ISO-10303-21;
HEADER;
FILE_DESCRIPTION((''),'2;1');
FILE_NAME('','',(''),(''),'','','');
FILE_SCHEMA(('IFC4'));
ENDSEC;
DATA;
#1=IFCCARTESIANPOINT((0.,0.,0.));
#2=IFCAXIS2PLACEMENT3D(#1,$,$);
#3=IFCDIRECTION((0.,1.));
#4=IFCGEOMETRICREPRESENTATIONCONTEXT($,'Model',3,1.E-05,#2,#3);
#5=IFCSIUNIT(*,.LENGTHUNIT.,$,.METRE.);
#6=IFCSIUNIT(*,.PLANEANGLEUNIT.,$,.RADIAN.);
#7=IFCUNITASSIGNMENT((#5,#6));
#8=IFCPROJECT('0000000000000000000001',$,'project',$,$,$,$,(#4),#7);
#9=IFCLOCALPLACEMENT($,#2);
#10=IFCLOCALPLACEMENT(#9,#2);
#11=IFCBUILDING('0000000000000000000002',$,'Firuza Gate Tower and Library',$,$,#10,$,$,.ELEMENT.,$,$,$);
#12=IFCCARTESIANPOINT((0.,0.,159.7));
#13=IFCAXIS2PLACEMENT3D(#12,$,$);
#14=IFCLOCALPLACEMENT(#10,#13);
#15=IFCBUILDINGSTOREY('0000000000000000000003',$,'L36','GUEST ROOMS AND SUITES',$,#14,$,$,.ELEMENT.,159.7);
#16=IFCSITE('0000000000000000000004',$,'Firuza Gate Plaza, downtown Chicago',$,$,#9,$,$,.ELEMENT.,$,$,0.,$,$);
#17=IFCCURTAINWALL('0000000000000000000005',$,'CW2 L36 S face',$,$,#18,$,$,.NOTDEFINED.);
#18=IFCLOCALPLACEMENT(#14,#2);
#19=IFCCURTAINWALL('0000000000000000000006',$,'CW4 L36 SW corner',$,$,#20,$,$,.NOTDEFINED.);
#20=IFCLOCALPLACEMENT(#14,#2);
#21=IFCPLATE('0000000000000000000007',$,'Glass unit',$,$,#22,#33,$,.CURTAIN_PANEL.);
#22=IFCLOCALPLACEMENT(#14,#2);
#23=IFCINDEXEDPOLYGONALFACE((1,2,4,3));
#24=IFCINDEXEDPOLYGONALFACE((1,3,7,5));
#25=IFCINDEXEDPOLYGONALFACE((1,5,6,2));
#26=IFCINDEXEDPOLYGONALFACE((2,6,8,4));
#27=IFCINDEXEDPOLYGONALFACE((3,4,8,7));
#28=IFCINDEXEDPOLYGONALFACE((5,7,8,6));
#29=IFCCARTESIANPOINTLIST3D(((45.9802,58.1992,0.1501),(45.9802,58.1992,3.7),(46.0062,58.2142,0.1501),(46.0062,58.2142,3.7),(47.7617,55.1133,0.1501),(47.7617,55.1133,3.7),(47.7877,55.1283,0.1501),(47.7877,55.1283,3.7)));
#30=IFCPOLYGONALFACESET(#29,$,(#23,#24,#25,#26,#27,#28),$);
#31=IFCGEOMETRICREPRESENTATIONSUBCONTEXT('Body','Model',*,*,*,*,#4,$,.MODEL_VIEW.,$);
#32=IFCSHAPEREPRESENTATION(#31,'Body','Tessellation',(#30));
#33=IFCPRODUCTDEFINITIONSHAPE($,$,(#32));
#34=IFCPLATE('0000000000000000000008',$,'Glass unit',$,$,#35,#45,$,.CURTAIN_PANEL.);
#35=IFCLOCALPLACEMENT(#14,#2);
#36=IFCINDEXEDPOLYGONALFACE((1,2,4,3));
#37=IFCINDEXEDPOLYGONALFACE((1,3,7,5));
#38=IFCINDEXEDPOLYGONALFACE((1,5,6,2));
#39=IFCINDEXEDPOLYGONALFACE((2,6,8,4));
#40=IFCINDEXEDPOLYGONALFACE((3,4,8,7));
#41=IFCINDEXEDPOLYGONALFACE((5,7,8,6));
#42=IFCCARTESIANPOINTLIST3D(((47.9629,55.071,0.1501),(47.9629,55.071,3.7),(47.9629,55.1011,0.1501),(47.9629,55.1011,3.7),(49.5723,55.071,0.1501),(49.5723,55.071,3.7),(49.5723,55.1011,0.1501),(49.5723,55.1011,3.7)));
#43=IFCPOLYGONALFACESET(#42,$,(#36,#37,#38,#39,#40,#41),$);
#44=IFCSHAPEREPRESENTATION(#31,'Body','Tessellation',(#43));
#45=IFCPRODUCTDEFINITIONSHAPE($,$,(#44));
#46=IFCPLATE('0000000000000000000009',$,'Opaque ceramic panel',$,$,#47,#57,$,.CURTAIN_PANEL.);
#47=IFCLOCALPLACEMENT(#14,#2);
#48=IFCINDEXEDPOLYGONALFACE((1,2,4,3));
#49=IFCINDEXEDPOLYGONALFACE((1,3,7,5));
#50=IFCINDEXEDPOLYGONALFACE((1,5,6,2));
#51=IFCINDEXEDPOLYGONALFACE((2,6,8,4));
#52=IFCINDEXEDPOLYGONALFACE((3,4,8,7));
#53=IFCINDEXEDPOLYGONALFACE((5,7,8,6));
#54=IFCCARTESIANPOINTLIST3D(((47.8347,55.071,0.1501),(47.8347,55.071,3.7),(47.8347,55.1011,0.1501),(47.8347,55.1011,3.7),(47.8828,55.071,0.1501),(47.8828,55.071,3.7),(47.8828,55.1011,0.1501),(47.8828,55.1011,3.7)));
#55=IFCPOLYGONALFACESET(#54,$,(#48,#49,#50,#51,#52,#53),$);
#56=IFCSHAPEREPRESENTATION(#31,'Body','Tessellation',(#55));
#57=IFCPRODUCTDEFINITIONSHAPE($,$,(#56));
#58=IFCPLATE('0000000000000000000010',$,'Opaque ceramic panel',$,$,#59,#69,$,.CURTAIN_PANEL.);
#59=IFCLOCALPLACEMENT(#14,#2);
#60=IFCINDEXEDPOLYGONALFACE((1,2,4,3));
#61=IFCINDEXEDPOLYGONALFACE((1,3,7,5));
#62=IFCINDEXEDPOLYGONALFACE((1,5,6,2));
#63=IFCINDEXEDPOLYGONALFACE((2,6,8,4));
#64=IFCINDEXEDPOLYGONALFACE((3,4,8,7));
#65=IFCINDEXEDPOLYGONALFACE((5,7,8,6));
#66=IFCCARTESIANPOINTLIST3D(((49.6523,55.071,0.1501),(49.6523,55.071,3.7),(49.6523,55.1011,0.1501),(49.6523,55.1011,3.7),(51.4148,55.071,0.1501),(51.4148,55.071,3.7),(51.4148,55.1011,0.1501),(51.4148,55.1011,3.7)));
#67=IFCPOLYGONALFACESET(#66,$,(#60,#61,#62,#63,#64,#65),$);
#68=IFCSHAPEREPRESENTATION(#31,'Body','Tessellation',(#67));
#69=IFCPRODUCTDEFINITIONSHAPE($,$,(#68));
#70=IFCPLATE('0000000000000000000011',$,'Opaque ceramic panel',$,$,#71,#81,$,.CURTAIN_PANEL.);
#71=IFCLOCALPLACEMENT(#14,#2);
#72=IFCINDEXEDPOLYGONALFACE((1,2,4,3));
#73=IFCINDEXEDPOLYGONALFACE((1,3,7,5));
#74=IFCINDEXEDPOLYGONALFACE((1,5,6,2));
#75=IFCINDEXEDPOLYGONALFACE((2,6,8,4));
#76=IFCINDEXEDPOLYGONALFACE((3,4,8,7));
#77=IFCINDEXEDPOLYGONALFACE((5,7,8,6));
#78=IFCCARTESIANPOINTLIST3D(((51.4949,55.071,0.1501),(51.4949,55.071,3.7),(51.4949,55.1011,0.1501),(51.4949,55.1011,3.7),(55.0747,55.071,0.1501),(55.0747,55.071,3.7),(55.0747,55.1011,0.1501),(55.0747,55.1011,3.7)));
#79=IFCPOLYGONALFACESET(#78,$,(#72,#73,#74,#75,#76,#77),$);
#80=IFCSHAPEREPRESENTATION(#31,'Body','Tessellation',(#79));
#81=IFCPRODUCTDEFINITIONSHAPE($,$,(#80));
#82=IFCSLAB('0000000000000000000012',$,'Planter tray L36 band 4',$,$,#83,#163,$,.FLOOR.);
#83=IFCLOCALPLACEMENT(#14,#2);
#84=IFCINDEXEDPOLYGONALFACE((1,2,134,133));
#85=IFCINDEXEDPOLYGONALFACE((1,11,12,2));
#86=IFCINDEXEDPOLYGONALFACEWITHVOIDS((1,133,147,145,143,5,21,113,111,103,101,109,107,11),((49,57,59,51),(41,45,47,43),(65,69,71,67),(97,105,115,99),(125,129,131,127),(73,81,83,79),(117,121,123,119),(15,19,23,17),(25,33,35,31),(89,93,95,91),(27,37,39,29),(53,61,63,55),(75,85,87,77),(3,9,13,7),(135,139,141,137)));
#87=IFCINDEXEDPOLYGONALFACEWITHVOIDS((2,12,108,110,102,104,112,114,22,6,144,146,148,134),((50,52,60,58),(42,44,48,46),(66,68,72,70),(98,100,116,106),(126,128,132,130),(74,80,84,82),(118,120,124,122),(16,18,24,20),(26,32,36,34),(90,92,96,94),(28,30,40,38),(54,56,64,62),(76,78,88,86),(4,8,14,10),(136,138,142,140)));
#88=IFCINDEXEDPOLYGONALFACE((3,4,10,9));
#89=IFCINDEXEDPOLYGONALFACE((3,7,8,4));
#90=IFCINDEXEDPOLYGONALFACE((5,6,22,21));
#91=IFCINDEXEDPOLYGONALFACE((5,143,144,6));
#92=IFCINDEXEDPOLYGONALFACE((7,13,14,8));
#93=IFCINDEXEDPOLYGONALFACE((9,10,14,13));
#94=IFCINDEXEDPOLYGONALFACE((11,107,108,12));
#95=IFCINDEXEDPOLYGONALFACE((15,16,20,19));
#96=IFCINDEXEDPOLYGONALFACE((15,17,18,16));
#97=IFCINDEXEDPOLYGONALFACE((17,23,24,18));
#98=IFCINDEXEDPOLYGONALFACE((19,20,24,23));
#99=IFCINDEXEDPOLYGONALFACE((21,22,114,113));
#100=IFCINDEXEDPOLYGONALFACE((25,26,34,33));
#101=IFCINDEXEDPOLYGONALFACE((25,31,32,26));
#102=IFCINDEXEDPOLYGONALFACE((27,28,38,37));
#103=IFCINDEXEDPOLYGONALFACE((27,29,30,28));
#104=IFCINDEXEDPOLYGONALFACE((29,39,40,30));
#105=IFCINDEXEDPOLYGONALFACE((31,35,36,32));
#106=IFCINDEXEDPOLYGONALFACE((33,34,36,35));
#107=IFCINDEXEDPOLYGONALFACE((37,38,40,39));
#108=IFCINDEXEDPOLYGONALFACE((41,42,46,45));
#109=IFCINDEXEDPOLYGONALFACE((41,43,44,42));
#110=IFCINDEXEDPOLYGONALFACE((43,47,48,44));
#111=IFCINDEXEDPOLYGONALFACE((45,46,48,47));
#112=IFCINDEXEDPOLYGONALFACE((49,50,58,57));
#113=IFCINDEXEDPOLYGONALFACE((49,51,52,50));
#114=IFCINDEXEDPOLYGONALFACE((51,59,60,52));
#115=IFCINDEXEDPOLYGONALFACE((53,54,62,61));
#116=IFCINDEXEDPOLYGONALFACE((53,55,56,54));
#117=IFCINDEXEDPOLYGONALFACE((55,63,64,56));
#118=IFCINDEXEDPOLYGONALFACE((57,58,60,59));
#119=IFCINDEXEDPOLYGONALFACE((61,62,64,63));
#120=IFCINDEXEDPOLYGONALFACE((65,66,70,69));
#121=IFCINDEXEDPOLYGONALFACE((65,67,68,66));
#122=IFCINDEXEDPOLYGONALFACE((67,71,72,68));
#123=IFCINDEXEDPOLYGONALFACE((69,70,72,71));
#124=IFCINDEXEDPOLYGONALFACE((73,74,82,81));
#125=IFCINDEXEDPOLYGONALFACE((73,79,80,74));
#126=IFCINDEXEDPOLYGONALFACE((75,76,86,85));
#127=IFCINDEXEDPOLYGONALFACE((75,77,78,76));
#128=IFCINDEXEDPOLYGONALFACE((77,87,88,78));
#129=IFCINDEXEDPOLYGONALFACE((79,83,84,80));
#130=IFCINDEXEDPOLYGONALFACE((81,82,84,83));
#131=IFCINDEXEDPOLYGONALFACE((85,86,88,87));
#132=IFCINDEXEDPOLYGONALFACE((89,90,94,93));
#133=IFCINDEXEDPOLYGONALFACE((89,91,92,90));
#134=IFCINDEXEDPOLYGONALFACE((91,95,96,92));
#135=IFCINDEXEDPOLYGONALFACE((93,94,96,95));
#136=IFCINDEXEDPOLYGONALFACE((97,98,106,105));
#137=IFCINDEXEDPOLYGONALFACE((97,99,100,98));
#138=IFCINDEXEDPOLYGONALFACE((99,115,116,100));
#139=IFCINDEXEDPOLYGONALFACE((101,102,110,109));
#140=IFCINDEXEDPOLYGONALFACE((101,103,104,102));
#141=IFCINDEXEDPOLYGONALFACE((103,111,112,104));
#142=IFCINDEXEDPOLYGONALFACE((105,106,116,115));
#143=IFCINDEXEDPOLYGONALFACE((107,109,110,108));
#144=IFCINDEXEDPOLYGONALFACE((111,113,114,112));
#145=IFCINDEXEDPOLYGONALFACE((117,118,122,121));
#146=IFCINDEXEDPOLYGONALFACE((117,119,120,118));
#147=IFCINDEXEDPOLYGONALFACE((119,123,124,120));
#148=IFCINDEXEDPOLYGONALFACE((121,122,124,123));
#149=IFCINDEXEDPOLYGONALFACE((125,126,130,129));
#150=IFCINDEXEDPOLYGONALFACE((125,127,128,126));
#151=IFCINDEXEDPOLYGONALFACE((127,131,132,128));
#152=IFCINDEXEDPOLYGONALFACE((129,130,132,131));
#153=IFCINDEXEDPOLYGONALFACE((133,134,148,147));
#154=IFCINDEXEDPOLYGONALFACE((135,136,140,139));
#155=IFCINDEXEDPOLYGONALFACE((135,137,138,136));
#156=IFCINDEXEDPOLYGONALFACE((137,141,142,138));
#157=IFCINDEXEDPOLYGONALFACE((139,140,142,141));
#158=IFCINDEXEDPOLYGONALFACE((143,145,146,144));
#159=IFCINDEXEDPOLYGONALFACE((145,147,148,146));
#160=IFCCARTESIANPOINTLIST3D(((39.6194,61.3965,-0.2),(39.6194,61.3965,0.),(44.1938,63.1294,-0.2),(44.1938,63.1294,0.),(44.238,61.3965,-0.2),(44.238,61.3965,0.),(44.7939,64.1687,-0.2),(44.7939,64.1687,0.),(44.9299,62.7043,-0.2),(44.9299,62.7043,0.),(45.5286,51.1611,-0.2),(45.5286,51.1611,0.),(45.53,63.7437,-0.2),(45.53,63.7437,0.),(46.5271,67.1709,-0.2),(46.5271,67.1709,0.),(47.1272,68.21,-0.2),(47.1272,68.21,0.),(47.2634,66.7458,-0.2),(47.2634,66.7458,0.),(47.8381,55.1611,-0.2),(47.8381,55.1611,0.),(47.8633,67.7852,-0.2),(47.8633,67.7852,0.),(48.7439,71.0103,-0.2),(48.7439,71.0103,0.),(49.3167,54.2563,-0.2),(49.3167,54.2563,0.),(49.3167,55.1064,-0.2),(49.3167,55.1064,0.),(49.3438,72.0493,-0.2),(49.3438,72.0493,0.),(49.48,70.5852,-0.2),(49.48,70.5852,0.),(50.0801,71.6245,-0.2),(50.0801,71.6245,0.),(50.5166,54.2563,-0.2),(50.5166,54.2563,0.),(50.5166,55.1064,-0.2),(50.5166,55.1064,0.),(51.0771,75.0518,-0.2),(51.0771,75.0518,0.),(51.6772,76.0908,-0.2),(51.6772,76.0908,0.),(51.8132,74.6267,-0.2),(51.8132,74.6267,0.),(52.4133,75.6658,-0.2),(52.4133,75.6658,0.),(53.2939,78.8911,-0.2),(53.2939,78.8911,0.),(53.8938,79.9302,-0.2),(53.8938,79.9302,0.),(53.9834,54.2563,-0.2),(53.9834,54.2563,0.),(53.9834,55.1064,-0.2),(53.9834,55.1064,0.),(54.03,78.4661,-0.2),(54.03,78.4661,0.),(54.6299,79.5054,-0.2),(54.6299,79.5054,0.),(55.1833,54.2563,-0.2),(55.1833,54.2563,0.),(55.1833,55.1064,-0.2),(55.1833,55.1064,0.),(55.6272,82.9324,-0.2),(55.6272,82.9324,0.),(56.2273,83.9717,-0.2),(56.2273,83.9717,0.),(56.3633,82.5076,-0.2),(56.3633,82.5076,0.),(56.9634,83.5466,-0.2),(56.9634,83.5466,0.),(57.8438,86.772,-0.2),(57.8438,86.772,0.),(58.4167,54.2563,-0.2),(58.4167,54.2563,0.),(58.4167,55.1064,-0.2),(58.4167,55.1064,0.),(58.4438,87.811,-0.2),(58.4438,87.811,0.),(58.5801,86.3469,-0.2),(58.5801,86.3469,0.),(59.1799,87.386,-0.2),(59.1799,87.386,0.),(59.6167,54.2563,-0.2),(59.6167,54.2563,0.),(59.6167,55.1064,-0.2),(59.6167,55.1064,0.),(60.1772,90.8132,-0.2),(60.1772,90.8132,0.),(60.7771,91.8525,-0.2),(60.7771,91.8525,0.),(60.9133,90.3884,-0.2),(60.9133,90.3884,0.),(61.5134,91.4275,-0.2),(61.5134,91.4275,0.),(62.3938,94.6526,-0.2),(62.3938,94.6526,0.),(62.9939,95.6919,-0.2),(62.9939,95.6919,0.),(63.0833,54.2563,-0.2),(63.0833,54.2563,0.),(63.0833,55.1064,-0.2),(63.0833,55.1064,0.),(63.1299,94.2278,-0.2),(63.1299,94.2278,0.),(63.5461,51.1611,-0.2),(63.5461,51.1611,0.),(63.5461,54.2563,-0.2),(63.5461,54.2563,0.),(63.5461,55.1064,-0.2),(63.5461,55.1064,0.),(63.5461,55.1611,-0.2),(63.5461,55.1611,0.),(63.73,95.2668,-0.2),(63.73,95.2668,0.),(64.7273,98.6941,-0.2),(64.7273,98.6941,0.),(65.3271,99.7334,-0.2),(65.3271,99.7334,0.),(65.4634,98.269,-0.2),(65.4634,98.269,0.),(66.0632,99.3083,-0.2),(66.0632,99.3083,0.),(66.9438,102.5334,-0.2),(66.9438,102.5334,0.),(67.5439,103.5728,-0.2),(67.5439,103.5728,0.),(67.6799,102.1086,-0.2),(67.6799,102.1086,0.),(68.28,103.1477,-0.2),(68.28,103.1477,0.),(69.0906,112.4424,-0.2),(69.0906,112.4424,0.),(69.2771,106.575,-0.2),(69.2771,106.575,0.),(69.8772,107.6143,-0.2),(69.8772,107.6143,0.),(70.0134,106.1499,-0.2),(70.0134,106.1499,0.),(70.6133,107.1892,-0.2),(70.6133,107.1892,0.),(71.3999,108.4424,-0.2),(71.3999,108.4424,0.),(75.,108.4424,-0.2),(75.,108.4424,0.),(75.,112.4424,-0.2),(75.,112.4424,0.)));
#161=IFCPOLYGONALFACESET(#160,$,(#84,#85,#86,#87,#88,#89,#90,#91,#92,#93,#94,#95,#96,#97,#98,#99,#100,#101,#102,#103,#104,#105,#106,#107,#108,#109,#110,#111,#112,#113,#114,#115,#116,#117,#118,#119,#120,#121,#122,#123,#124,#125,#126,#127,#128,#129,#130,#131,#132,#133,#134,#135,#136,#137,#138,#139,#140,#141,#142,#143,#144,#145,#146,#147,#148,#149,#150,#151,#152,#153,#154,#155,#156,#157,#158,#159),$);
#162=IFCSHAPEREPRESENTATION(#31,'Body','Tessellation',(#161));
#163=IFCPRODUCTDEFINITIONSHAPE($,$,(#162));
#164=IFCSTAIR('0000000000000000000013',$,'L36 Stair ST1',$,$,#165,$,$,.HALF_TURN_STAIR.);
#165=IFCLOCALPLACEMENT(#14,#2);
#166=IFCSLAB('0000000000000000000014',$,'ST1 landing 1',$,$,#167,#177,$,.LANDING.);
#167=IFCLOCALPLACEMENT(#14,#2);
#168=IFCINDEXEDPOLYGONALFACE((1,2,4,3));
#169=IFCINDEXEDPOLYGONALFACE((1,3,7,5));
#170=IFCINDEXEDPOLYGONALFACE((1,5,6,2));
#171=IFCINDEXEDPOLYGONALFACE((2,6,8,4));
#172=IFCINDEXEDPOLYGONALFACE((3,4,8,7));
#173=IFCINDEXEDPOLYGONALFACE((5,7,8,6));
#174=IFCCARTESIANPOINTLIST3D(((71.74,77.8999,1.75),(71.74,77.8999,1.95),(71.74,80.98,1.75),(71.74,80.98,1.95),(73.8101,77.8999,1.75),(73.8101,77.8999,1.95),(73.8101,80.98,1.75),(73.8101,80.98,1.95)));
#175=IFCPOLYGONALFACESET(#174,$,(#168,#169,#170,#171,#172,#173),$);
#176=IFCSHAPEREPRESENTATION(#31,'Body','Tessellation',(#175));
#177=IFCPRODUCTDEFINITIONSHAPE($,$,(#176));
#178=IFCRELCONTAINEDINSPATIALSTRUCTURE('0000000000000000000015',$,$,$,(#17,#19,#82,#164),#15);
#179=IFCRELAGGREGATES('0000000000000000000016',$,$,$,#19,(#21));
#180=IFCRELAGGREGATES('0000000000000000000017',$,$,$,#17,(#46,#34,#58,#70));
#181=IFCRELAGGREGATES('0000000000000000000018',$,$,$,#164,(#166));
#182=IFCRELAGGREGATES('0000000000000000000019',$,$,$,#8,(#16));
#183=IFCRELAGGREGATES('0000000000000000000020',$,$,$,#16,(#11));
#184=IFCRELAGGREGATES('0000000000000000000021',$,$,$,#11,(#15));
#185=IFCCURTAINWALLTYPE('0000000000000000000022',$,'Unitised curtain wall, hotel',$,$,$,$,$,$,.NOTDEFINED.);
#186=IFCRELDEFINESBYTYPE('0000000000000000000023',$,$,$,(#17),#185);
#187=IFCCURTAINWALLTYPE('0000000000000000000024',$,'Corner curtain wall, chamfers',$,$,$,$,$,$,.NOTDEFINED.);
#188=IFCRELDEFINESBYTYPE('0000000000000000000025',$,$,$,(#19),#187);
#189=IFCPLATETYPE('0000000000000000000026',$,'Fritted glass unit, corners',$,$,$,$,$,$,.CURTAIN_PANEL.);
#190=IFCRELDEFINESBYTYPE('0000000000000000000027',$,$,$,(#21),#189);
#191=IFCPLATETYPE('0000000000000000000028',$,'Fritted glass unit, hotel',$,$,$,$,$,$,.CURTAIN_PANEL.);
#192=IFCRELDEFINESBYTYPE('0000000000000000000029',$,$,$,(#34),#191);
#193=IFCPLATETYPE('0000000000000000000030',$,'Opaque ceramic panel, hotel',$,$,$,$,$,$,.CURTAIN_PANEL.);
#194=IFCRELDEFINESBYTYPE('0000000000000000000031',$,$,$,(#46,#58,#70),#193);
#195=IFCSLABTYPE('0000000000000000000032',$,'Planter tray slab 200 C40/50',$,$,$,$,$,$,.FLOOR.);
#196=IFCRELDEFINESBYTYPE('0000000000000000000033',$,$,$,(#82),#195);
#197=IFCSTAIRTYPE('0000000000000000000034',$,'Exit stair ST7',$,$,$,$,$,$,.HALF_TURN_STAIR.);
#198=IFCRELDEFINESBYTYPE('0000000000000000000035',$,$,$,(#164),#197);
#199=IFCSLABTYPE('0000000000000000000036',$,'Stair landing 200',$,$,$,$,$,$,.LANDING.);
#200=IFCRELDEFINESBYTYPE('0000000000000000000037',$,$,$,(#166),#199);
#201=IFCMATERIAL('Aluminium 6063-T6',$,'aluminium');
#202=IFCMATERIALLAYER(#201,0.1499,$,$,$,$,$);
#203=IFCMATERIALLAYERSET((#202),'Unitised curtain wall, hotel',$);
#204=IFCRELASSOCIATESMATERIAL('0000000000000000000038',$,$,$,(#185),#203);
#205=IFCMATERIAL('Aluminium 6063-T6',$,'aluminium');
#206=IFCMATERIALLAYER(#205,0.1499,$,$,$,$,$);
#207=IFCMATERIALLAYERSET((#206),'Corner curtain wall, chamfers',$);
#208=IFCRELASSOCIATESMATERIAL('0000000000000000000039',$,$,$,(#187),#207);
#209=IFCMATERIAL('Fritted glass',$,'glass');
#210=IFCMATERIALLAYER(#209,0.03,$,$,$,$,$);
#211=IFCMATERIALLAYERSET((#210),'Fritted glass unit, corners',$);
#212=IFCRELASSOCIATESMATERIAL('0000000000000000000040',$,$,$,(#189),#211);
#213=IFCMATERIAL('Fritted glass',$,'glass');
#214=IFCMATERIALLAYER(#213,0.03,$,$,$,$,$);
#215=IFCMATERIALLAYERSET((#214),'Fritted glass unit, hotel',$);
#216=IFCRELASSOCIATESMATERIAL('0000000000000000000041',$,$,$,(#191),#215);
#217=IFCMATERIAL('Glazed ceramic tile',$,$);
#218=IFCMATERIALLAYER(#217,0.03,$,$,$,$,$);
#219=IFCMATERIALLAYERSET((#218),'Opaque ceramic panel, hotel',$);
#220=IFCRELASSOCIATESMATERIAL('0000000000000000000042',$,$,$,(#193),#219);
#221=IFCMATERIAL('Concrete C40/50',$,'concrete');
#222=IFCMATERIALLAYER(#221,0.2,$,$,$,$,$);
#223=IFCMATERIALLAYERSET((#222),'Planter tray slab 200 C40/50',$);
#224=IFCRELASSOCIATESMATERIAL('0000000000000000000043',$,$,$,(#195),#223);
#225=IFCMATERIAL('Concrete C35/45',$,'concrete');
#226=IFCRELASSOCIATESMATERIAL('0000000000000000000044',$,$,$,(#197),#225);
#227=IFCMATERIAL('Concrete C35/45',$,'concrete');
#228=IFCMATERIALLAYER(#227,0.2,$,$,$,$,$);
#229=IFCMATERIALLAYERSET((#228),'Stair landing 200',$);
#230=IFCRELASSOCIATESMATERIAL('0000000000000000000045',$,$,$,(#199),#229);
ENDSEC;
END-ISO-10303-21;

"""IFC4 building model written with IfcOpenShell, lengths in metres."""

from ifc_helpers import new_model, si_unit, direction, frame, origin, place, context, subcontext, project, spatial, polyline, outline, extrude, material, layer, layer_set, type_object, element, aggregate, save


model = new_model("IFC4")

# Units and contexts
model_context = context("Model", 3, precision=1e-05, world=origin(), true_north=direction((0.0, 1.0)))
body_context = subcontext(model_context, "Body", "Model", "MODEL_VIEW")
ifc_project = project(units=[si_unit("LENGTHUNIT", "METRE"), si_unit("PLANEANGLEUNIT", "RADIAN")], contexts=[model_context])

# Site, building, storey
site_placement = place(None, origin())
site = spatial("IfcSite", under=ifc_project, at=site_placement, Name="Firuza Gate Plaza, downtown Chicago", CompositionType="ELEMENT", RefElevation=0.0)
building_placement = place(site_placement, origin())
building = spatial("IfcBuilding", under=site, at=building_placement, Name="Firuza Gate Tower and Library", CompositionType="ELEMENT")
storey_placement = place(building_placement, frame((0.0, 0.0, 159.7)))
storey = spatial("IfcBuildingStorey", under=building, at=storey_placement, Name="L36", Description="GUEST ROOMS AND SUITES", CompositionType="ELEMENT", Elevation=159.7)

# Curtain walls
ifc_material_1 = material(Name="Aluminium 6063-T6", Category="aluminium")
ifc_layer_1 = layer(ifc_material_1, 0.1499)
ifc_layer_set_1 = layer_set([ifc_layer_1], Name="Unitised curtain wall, hotel")
curtain_wall_type_1 = type_object("IfcCurtainWallType", Name="Unitised curtain wall, hotel", PredefinedType="NOTDEFINED", material=ifc_layer_set_1)
placement_1 = place(storey_placement, origin())
curtain_wall_1 = element("IfcCurtainWall", 1, at=placement_1, inside=storey, type_object=curtain_wall_type_1, Name="CW2 L36 S face", PredefinedType="NOTDEFINED")
ifc_material_2 = material(Name="Aluminium 6063-T6", Category="aluminium")
ifc_layer_2 = layer(ifc_material_2, 0.1499)
ifc_layer_set_2 = layer_set([ifc_layer_2], Name="Corner curtain wall, chamfers")
curtain_wall_type_2 = type_object("IfcCurtainWallType", Name="Corner curtain wall, chamfers", PredefinedType="NOTDEFINED", material=ifc_layer_set_2)
curtain_wall_2 = element("IfcCurtainWall", 2, at=placement_1, inside=storey, type_object=curtain_wall_type_2, Name="CW4 L36 SW corner", PredefinedType="NOTDEFINED")

# Shared definitions
placement_2 = place(storey_placement, frame((0.0, 0.0, -0.2)))

# Plates
ifc_material_3 = material(Name="Fritted glass", Category="glass")
ifc_layer_3 = layer(ifc_material_3, 0.03)
ifc_layer_set_3 = layer_set([ifc_layer_3], Name="Fritted glass unit, corners")
plate_type_1 = type_object("IfcPlateType", Name="Fritted glass unit, corners", PredefinedType="CURTAIN_PANEL", material=ifc_layer_set_3)
plate_1_placement = place(storey_placement, frame((45.9802, 58.1992, 0.1501), z_axis=(-0.866046, -0.499964, 0.0), x_axis=(0.499964, -0.866046, 0.0)))
plate_1 = element("IfcPlate", 3, at=plate_1_placement, type_object=plate_type_1, Name="Glass unit", PredefinedType="CURTAIN_PANEL", context=body_context, shape_type="SweptSolid", body=[
    extrude(outline(polyline([(0.0, 0.0), (3.5632, 0.0), (3.5632, 3.5498), (0.0, 3.5498), (0.0, 0.0)])), origin(), (0.0, 0.0, -1.0), 0.03),
])
aggregate(curtain_wall_2, [plate_1])
ifc_material_4 = material(Name="Fritted glass", Category="glass")
ifc_layer_4 = layer(ifc_material_4, 0.03)
ifc_layer_set_4 = layer_set([ifc_layer_4], Name="Fritted glass unit, hotel")
plate_type_2 = type_object("IfcPlateType", Name="Fritted glass unit, hotel", PredefinedType="CURTAIN_PANEL", material=ifc_layer_set_4)
plate_2_placement = place(storey_placement, frame((47.9629, 55.071, 0.1501), z_axis=(0.0, -1.0, 0.0), x_axis=(1.0, 0.0, 0.0)))
plate_2 = element("IfcPlate", 4, at=plate_2_placement, type_object=plate_type_2, Name="Glass unit", PredefinedType="CURTAIN_PANEL", context=body_context, shape_type="SweptSolid", body=[
    extrude(outline(polyline([(0.0, 0.0), (1.6094, 0.0), (1.6094, 3.5498), (0.0, 3.5498), (0.0, 0.0)])), origin(), (0.0, 0.0, -1.0), 0.03),
])
ifc_material_5 = material(Name="Glazed ceramic tile")
ifc_layer_5 = layer(ifc_material_5, 0.03)
ifc_layer_set_5 = layer_set([ifc_layer_5], Name="Opaque ceramic panel, hotel")
plate_type_3 = type_object("IfcPlateType", Name="Opaque ceramic panel, hotel", PredefinedType="CURTAIN_PANEL", material=ifc_layer_set_5)
plate_3_placement = place(storey_placement, frame((47.8347, 55.071, 0.1501), z_axis=(0.0, -1.0, 0.0), x_axis=(1.0, 0.0, 0.0)))
plate_3 = element("IfcPlate", 5, at=plate_3_placement, type_object=plate_type_3, Name="Opaque ceramic panel", PredefinedType="CURTAIN_PANEL", context=body_context, shape_type="SweptSolid", body=[
    extrude(outline(polyline([(0.0, 0.0), (0.0481, 0.0), (0.0481, 3.5498), (0.0, 3.5498), (0.0, 0.0)])), origin(), (0.0, 0.0, -1.0), 0.03),
])
plate_4_placement = place(storey_placement, frame((49.6523, 55.071, 0.1501), z_axis=(0.0, -1.0, 0.0), x_axis=(1.0, 0.0, 0.0)))
plate_4 = element("IfcPlate", 6, at=plate_4_placement, type_object=plate_type_3, Name="Opaque ceramic panel", PredefinedType="CURTAIN_PANEL", context=body_context, shape_type="SweptSolid", body=[
    extrude(outline(polyline([(0.0, 0.0), (1.7625, 0.0), (1.7625, 3.5498), (0.0, 3.5498), (0.0, 0.0)])), origin(), (0.0, 0.0, -1.0), 0.03),
])
plate_5_placement = place(storey_placement, frame((51.4949, 55.071, 0.1501), z_axis=(0.0, -1.0, 0.0), x_axis=(1.0, 0.0, 0.0)))
plate_5 = element("IfcPlate", 7, at=plate_5_placement, type_object=plate_type_3, Name="Opaque ceramic panel", PredefinedType="CURTAIN_PANEL", context=body_context, shape_type="SweptSolid", body=[
    extrude(outline(polyline([(0.0, 0.0), (3.5798, 0.0), (3.5798, 3.5498), (0.0, 3.5498), (0.0, 0.0)])), origin(), (0.0, 0.0, -1.0), 0.03),
])
aggregate(curtain_wall_1, [plate_3, plate_2, plate_4, plate_5])

# Slab
ifc_material_6 = material(Name="Concrete C40/50", Category="concrete")
ifc_layer_6 = layer(ifc_material_6, 0.2)
ifc_layer_set_6 = layer_set([ifc_layer_6], Name="Planter tray slab 200 C40/50")
slab_type_1 = type_object("IfcSlabType", Name="Planter tray slab 200 C40/50", PredefinedType="FLOOR", material=ifc_layer_set_6)
element("IfcSlab", 8, at=placement_2, inside=storey, type_object=slab_type_1, Name="Planter tray L36 band 4", PredefinedType="FLOOR", context=body_context, shape_type="SweptSolid", body=[
    extrude(outline(polyline([(63.5461, 51.1611), (63.5461, 54.2563), (63.0833, 54.2563), (63.0833, 55.1064), (63.5461, 55.1064), (63.5461, 55.1611), (47.8381, 55.1611), (44.238, 61.3965), (71.3999, 108.4424), (75.0, 108.4424), (75.0, 112.4424), (69.0906, 112.4424), (39.6194, 61.3965), (45.5286, 51.1611), (63.5461, 51.1611)]), holes=[polyline([(58.4167, 54.2563), (58.4167, 55.1064), (59.6167, 55.1064), (59.6167, 54.2563), (58.4167, 54.2563)]), polyline([(53.9834, 54.2563), (53.9834, 55.1064), (55.1833, 55.1064), (55.1833, 54.2563), (53.9834, 54.2563)]), polyline([(49.3167, 54.2563), (49.3167, 55.1064), (50.5166, 55.1064), (50.5166, 54.2563), (49.3167, 54.2563)]), polyline([(44.7939, 64.1687), (45.53, 63.7437), (44.9299, 62.7043), (44.1938, 63.1294), (44.7939, 64.1687)]), polyline([(47.8633, 67.7852), (47.2634, 66.7458), (46.5271, 67.1709), (47.1272, 68.21), (47.8633, 67.7852)]), polyline([(50.0801, 71.6245), (49.48, 70.5852), (48.7439, 71.0103), (49.3438, 72.0493), (50.0801, 71.6245)]), polyline([(51.6772, 76.0908), (52.4133, 75.6658), (51.8132, 74.6267), (51.0771, 75.0518), (51.6772, 76.0908)]), polyline([(53.8938, 79.9302), (54.6299, 79.5054), (54.03, 78.4661), (53.2939, 78.8911), (53.8938, 79.9302)]), polyline([(56.2273, 83.9717), (56.9634, 83.5466), (56.3633, 82.5076), (55.6272, 82.9324), (56.2273, 83.9717)]), polyline([(58.4438, 87.811), (59.1799, 87.386), (58.5801, 86.3469), (57.8438, 86.772), (58.4438, 87.811)]), polyline([(60.7771, 91.8525), (61.5134, 91.4275), (60.9133, 90.3884), (60.1772, 90.8132), (60.7771, 91.8525)]), polyline([(62.9939, 95.6919), (63.73, 95.2668), (63.1299, 94.2278), (62.3938, 94.6526), (62.9939, 95.6919)]), polyline([(65.3271, 99.7334), (66.0632, 99.3083), (65.4634, 98.269), (64.7273, 98.6941), (65.3271, 99.7334)]), polyline([(68.28, 103.1477), (67.6799, 102.1086), (66.9438, 102.5334), (67.5439, 103.5728), (68.28, 103.1477)]), polyline([(70.6133, 107.1892), (70.0134, 106.1499), (69.2771, 106.575), (69.8772, 107.6143), (70.6133, 107.1892)])]), origin(), (0.0, 0.0, 1.0), 0.2),
])

# Stair, slab
ifc_material_7 = material(Name="Concrete C35/45", Category="concrete")
stair_type_1 = type_object("IfcStairType", Name="Exit stair ST7", PredefinedType="HALF_TURN_STAIR", material=ifc_material_7)
stair_1 = element("IfcStair", 9, at=placement_1, inside=storey, type_object=stair_type_1, Name="L36 Stair ST1", PredefinedType="HALF_TURN_STAIR")
ifc_material_8 = material(Name="Concrete C35/45", Category="concrete")
ifc_layer_7 = layer(ifc_material_8, 0.2)
ifc_layer_set_7 = layer_set([ifc_layer_7], Name="Stair landing 200")
slab_type_2 = type_object("IfcSlabType", Name="Stair landing 200", PredefinedType="LANDING", material=ifc_layer_set_7)
placement_3 = place(storey_placement, frame((0.0, 0.0, 1.75)))
slab_1 = element("IfcSlab", 10, at=placement_3, type_object=slab_type_2, Name="ST1 landing 1", PredefinedType="LANDING", context=body_context, shape_type="SweptSolid", body=[
    extrude(outline(polyline([(71.74, 77.8999), (73.8101, 77.8999), (73.8101, 80.98), (71.74, 80.98), (71.74, 77.8999)])), origin(), (0.0, 0.0, 1.0), 0.2),
])
aggregate(stair_1, [slab_1])

save(model, "model.ifc")
